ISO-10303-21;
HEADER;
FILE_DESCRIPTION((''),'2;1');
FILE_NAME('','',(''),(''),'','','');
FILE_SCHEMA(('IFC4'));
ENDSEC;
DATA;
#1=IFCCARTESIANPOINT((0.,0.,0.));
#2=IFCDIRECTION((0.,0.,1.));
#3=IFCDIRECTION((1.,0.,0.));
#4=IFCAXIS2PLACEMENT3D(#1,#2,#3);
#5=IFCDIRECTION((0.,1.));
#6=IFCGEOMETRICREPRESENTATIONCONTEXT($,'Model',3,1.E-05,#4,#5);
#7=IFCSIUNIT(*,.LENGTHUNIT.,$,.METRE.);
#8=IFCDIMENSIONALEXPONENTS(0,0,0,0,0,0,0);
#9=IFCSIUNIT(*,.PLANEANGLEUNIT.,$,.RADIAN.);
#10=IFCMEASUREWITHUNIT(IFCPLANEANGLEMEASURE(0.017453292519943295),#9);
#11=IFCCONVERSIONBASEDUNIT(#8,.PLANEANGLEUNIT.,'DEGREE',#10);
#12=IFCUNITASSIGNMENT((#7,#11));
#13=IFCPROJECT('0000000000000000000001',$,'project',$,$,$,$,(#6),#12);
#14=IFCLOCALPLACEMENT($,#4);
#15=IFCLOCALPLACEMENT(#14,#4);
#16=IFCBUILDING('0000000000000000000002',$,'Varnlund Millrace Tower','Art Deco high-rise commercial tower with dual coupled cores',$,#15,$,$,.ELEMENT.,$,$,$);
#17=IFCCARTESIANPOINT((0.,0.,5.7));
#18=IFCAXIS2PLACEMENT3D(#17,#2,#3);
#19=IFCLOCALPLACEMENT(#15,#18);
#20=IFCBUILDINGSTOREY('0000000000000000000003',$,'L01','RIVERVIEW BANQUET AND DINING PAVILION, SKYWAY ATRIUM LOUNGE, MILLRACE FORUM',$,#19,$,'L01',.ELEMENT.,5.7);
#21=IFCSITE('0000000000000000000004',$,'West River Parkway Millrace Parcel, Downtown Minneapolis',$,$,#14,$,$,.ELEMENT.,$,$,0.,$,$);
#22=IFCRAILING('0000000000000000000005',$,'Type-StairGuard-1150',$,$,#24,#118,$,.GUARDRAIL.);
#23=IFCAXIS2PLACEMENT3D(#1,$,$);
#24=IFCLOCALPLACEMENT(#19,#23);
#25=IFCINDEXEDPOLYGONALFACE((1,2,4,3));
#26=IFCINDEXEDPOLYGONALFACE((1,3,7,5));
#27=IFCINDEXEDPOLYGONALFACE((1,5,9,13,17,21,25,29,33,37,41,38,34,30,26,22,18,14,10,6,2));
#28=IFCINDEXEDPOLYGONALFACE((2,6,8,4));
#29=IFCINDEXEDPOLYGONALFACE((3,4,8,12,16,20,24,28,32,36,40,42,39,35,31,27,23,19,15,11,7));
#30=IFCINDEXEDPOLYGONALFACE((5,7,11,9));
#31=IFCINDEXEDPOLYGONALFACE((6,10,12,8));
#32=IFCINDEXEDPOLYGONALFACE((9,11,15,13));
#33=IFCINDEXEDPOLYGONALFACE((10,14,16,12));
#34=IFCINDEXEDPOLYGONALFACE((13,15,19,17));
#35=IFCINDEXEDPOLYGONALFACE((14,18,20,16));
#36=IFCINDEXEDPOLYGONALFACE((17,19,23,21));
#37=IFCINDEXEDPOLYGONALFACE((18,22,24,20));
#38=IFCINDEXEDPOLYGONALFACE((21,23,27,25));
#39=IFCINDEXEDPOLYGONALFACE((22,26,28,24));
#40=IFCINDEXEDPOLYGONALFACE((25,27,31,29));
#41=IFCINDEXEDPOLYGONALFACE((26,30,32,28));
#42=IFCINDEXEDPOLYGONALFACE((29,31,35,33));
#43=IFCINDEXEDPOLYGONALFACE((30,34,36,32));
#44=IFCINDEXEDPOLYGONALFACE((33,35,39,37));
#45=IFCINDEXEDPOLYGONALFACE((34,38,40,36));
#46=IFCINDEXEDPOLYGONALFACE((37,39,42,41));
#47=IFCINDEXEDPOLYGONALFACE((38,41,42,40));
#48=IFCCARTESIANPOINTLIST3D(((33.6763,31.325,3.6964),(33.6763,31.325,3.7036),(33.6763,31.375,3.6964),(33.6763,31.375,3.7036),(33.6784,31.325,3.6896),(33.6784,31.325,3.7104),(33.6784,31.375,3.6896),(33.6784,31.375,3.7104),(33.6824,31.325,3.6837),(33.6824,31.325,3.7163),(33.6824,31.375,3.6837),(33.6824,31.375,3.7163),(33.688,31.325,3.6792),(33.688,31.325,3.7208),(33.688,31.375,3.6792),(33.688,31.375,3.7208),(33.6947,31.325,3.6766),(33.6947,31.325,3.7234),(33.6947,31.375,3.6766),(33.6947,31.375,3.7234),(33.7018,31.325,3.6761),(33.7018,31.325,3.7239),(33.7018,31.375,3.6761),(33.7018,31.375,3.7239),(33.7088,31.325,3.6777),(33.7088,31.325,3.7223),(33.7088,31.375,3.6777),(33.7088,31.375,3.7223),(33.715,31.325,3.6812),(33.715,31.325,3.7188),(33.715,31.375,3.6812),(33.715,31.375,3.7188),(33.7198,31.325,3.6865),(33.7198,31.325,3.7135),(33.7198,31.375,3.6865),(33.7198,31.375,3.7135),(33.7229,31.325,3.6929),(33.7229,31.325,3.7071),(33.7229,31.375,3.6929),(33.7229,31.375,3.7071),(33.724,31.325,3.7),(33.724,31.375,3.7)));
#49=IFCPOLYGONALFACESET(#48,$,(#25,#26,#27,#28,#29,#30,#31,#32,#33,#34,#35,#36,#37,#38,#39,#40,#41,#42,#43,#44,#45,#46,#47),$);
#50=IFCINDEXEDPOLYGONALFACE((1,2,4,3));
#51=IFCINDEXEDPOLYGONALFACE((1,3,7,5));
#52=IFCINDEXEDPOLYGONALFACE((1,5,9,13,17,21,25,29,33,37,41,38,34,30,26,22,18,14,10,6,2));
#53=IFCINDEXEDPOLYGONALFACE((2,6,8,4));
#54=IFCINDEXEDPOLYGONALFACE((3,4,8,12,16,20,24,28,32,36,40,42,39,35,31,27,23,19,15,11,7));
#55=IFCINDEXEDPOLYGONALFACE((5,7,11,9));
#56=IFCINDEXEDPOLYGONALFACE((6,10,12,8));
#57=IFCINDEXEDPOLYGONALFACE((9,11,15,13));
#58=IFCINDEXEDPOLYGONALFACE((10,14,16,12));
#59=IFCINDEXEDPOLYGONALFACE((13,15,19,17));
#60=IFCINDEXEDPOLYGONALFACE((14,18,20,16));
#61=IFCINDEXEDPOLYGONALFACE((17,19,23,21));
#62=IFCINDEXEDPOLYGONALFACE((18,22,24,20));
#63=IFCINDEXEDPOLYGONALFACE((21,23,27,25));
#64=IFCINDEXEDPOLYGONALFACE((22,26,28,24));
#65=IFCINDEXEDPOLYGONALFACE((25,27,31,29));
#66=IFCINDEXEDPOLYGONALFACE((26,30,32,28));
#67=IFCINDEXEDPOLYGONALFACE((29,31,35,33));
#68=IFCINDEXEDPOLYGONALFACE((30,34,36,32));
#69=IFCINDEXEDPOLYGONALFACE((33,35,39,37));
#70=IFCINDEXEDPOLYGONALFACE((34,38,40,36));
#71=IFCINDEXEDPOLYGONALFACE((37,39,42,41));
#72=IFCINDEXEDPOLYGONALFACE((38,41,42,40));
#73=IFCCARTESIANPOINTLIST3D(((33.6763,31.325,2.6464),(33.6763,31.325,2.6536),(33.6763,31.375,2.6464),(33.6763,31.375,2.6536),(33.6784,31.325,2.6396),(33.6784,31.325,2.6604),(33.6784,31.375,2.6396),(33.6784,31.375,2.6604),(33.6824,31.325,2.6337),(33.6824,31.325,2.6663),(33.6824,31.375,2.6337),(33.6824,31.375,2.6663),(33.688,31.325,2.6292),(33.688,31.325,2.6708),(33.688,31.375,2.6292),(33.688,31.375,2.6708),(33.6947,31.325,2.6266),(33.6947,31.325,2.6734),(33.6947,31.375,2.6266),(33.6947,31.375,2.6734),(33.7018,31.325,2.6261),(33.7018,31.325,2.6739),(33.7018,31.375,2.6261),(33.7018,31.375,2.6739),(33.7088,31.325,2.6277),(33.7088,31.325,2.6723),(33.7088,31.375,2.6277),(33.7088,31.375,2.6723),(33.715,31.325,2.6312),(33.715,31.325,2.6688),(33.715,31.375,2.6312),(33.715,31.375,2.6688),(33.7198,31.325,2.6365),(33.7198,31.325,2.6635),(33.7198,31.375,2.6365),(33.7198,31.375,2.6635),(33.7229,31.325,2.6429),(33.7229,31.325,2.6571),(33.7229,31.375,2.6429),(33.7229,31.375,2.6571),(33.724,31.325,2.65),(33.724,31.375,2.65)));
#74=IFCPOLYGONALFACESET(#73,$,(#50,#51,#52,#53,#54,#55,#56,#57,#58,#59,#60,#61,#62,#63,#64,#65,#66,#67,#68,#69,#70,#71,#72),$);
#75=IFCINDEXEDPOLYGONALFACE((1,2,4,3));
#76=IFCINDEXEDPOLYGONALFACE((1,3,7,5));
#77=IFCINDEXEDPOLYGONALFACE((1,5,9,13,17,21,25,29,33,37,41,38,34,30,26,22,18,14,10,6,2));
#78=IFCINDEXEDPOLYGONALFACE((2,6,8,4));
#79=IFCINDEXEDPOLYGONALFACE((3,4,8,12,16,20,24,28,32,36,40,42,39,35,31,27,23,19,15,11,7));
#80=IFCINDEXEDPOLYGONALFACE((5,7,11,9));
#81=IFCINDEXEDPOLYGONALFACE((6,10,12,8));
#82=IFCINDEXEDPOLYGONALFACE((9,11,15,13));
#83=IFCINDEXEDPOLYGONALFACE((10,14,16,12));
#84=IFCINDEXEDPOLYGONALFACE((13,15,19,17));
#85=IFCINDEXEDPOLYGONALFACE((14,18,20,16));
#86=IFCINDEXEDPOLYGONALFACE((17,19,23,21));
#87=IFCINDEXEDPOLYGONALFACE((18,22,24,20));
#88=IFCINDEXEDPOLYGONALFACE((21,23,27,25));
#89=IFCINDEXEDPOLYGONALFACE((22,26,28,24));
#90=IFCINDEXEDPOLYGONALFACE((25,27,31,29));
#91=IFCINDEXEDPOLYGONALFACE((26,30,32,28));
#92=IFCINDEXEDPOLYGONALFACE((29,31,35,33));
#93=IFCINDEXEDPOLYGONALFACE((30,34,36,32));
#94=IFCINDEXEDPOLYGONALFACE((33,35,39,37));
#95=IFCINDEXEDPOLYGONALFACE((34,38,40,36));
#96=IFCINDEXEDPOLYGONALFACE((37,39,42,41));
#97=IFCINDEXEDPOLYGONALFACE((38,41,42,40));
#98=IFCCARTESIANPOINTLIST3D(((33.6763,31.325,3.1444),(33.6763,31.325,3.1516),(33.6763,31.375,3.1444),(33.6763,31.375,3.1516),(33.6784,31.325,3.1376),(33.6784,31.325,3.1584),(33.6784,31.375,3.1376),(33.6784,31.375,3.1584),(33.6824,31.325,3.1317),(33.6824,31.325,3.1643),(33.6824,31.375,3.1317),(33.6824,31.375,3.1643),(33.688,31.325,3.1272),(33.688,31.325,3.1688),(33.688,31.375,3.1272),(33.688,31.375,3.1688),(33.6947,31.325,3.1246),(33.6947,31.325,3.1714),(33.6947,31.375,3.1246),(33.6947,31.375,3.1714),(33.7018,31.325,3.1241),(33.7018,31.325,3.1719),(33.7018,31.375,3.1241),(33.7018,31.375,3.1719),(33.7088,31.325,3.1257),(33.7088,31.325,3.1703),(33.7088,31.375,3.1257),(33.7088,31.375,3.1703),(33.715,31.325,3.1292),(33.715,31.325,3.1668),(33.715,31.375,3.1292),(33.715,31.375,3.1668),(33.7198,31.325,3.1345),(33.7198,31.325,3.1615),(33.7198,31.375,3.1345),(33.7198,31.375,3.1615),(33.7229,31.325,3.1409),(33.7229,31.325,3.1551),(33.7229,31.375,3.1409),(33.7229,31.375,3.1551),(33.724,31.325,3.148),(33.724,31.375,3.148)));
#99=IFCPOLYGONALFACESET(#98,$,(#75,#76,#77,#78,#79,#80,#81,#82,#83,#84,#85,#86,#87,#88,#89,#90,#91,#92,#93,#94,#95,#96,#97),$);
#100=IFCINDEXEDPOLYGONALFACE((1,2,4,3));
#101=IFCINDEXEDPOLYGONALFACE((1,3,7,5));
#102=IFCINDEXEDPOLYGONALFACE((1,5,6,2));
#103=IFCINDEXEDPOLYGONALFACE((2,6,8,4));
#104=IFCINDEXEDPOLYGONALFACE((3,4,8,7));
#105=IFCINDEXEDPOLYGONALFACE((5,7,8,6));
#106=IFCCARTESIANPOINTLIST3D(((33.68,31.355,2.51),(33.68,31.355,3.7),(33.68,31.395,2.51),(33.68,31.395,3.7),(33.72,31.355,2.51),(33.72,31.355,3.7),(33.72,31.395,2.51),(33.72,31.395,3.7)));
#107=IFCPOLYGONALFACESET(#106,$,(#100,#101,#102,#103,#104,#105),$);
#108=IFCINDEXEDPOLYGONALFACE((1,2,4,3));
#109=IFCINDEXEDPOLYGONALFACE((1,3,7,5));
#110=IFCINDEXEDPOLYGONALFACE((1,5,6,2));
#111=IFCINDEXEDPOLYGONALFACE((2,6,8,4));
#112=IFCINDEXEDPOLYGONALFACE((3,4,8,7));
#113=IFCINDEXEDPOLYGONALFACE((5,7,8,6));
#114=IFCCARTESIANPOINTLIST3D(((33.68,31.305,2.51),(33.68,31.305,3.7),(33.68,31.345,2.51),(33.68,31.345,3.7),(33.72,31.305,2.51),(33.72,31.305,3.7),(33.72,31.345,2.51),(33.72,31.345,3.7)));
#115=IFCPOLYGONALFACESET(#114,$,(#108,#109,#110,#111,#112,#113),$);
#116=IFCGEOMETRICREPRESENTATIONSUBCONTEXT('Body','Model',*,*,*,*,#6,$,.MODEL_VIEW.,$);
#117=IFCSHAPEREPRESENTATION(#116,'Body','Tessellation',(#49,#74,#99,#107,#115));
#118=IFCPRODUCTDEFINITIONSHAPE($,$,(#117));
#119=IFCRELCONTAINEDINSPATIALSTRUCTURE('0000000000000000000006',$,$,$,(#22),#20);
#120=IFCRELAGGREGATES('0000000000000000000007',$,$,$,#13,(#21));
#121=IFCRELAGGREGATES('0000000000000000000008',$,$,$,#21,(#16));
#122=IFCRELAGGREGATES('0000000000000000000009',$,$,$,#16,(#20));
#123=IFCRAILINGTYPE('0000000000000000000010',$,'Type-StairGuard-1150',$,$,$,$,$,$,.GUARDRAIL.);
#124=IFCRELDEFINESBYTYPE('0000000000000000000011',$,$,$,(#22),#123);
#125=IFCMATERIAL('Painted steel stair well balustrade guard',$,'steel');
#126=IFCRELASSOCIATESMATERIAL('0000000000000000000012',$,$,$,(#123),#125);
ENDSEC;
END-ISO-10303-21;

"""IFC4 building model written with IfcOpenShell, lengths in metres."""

from ifc_helpers import new_model, entity, si_unit, converted_unit, direction, frame, origin_with_axes, origin_2d_with_axis, place, context, subcontext, project, spatial, rectangle, circle, extrude, material, type_object, element, save


model = new_model("IFC4")

# Units and contexts
model_context = context("Model", 3, precision=1e-05, world=origin_with_axes(), true_north=direction((0.0, 1.0)))
body_context = subcontext(model_context, "Body", "Model", "MODEL_VIEW")
ifc_project = project(units=[si_unit("LENGTHUNIT", "METRE"), converted_unit("PLANEANGLEUNIT", "DEGREE", entity("IfcPlaneAngleMeasure", 0.017453292519943295), si_unit("PLANEANGLEUNIT", "RADIAN"), dimensions=[0, 0, 0, 0, 0, 0, 0])], contexts=[model_context])

# Site, building, storey
site_placement = place(None, origin_with_axes())
site = spatial("IfcSite", under=ifc_project, at=site_placement, Name="West River Parkway Millrace Parcel, Downtown Minneapolis", CompositionType="ELEMENT", RefElevation=0.0)
building_placement = place(site_placement, origin_with_axes())
building = spatial("IfcBuilding", under=site, at=building_placement, Name="Varnlund Millrace Tower", Description="Art Deco high-rise commercial tower with dual coupled cores", CompositionType="ELEMENT")
storey_placement = place(building_placement, frame((0.0, 0.0, 5.7), z_axis=(0.0, 0.0, 1.0), x_axis=(1.0, 0.0, 0.0)))
storey = spatial("IfcBuildingStorey", under=building, at=storey_placement, Name="L01", Description="RIVERVIEW BANQUET AND DINING PAVILION, SKYWAY ATRIUM LOUNGE, MILLRACE FORUM", LongName="L01", CompositionType="ELEMENT", Elevation=5.7)

# Railing
ifc_material_1 = material(Name="Painted steel stair well balustrade guard", Category="steel")
railing_type_1 = type_object("IfcRailingType", Name="Type-StairGuard-1150", PredefinedType="GUARDRAIL", material=ifc_material_1)
railing_1_placement = place(storey_placement, frame((0.0, 0.0, -5.7), z_axis=(0.0, 0.0, 1.0), x_axis=(1.0, 0.0, 0.0)))
element("IfcRailing", 1, at=railing_1_placement, inside=storey, type_object=railing_type_1, Name="Type-StairGuard-1150", PredefinedType="GUARDRAIL", context=body_context, shape_type="SweptSolid", body=[
    extrude(circle(Radius=0.024, at=origin_2d_with_axis()), frame((33.7, 31.375, 9.4), z_axis=(0.0, -1.0, 0.0), x_axis=(1.0, 0.0, 0.0)), (0.0, 0.0, 1.0), 0.05),
    extrude(circle(Radius=0.024, at=origin_2d_with_axis()), frame((33.7, 31.375, 8.35), z_axis=(0.0, -1.0, 0.0), x_axis=(1.0, 0.0, 0.0)), (0.0, 0.0, 1.0), 0.05),
    extrude(circle(Radius=0.024, at=origin_2d_with_axis()), frame((33.7, 31.375, 8.848), z_axis=(0.0, -1.0, 0.0), x_axis=(1.0, 0.0, 0.0)), (0.0, 0.0, 1.0), 0.05),
    extrude(rectangle(XDim=0.04, YDim=0.04, at=origin_2d_with_axis()), frame((33.7, 31.375, 8.21), z_axis=(0.0, 0.0, 1.0), x_axis=(1.0, 0.0, 0.0)), (0.0, 0.0, 1.0), 1.19),
    extrude(rectangle(XDim=0.04, YDim=0.04, at=origin_2d_with_axis()), frame((33.7, 31.325, 8.21), z_axis=(0.0, 0.0, 1.0), x_axis=(1.0, 0.0, 0.0)), (0.0, 0.0, 1.0), 1.19),
])

save(model, "model.ifc")
